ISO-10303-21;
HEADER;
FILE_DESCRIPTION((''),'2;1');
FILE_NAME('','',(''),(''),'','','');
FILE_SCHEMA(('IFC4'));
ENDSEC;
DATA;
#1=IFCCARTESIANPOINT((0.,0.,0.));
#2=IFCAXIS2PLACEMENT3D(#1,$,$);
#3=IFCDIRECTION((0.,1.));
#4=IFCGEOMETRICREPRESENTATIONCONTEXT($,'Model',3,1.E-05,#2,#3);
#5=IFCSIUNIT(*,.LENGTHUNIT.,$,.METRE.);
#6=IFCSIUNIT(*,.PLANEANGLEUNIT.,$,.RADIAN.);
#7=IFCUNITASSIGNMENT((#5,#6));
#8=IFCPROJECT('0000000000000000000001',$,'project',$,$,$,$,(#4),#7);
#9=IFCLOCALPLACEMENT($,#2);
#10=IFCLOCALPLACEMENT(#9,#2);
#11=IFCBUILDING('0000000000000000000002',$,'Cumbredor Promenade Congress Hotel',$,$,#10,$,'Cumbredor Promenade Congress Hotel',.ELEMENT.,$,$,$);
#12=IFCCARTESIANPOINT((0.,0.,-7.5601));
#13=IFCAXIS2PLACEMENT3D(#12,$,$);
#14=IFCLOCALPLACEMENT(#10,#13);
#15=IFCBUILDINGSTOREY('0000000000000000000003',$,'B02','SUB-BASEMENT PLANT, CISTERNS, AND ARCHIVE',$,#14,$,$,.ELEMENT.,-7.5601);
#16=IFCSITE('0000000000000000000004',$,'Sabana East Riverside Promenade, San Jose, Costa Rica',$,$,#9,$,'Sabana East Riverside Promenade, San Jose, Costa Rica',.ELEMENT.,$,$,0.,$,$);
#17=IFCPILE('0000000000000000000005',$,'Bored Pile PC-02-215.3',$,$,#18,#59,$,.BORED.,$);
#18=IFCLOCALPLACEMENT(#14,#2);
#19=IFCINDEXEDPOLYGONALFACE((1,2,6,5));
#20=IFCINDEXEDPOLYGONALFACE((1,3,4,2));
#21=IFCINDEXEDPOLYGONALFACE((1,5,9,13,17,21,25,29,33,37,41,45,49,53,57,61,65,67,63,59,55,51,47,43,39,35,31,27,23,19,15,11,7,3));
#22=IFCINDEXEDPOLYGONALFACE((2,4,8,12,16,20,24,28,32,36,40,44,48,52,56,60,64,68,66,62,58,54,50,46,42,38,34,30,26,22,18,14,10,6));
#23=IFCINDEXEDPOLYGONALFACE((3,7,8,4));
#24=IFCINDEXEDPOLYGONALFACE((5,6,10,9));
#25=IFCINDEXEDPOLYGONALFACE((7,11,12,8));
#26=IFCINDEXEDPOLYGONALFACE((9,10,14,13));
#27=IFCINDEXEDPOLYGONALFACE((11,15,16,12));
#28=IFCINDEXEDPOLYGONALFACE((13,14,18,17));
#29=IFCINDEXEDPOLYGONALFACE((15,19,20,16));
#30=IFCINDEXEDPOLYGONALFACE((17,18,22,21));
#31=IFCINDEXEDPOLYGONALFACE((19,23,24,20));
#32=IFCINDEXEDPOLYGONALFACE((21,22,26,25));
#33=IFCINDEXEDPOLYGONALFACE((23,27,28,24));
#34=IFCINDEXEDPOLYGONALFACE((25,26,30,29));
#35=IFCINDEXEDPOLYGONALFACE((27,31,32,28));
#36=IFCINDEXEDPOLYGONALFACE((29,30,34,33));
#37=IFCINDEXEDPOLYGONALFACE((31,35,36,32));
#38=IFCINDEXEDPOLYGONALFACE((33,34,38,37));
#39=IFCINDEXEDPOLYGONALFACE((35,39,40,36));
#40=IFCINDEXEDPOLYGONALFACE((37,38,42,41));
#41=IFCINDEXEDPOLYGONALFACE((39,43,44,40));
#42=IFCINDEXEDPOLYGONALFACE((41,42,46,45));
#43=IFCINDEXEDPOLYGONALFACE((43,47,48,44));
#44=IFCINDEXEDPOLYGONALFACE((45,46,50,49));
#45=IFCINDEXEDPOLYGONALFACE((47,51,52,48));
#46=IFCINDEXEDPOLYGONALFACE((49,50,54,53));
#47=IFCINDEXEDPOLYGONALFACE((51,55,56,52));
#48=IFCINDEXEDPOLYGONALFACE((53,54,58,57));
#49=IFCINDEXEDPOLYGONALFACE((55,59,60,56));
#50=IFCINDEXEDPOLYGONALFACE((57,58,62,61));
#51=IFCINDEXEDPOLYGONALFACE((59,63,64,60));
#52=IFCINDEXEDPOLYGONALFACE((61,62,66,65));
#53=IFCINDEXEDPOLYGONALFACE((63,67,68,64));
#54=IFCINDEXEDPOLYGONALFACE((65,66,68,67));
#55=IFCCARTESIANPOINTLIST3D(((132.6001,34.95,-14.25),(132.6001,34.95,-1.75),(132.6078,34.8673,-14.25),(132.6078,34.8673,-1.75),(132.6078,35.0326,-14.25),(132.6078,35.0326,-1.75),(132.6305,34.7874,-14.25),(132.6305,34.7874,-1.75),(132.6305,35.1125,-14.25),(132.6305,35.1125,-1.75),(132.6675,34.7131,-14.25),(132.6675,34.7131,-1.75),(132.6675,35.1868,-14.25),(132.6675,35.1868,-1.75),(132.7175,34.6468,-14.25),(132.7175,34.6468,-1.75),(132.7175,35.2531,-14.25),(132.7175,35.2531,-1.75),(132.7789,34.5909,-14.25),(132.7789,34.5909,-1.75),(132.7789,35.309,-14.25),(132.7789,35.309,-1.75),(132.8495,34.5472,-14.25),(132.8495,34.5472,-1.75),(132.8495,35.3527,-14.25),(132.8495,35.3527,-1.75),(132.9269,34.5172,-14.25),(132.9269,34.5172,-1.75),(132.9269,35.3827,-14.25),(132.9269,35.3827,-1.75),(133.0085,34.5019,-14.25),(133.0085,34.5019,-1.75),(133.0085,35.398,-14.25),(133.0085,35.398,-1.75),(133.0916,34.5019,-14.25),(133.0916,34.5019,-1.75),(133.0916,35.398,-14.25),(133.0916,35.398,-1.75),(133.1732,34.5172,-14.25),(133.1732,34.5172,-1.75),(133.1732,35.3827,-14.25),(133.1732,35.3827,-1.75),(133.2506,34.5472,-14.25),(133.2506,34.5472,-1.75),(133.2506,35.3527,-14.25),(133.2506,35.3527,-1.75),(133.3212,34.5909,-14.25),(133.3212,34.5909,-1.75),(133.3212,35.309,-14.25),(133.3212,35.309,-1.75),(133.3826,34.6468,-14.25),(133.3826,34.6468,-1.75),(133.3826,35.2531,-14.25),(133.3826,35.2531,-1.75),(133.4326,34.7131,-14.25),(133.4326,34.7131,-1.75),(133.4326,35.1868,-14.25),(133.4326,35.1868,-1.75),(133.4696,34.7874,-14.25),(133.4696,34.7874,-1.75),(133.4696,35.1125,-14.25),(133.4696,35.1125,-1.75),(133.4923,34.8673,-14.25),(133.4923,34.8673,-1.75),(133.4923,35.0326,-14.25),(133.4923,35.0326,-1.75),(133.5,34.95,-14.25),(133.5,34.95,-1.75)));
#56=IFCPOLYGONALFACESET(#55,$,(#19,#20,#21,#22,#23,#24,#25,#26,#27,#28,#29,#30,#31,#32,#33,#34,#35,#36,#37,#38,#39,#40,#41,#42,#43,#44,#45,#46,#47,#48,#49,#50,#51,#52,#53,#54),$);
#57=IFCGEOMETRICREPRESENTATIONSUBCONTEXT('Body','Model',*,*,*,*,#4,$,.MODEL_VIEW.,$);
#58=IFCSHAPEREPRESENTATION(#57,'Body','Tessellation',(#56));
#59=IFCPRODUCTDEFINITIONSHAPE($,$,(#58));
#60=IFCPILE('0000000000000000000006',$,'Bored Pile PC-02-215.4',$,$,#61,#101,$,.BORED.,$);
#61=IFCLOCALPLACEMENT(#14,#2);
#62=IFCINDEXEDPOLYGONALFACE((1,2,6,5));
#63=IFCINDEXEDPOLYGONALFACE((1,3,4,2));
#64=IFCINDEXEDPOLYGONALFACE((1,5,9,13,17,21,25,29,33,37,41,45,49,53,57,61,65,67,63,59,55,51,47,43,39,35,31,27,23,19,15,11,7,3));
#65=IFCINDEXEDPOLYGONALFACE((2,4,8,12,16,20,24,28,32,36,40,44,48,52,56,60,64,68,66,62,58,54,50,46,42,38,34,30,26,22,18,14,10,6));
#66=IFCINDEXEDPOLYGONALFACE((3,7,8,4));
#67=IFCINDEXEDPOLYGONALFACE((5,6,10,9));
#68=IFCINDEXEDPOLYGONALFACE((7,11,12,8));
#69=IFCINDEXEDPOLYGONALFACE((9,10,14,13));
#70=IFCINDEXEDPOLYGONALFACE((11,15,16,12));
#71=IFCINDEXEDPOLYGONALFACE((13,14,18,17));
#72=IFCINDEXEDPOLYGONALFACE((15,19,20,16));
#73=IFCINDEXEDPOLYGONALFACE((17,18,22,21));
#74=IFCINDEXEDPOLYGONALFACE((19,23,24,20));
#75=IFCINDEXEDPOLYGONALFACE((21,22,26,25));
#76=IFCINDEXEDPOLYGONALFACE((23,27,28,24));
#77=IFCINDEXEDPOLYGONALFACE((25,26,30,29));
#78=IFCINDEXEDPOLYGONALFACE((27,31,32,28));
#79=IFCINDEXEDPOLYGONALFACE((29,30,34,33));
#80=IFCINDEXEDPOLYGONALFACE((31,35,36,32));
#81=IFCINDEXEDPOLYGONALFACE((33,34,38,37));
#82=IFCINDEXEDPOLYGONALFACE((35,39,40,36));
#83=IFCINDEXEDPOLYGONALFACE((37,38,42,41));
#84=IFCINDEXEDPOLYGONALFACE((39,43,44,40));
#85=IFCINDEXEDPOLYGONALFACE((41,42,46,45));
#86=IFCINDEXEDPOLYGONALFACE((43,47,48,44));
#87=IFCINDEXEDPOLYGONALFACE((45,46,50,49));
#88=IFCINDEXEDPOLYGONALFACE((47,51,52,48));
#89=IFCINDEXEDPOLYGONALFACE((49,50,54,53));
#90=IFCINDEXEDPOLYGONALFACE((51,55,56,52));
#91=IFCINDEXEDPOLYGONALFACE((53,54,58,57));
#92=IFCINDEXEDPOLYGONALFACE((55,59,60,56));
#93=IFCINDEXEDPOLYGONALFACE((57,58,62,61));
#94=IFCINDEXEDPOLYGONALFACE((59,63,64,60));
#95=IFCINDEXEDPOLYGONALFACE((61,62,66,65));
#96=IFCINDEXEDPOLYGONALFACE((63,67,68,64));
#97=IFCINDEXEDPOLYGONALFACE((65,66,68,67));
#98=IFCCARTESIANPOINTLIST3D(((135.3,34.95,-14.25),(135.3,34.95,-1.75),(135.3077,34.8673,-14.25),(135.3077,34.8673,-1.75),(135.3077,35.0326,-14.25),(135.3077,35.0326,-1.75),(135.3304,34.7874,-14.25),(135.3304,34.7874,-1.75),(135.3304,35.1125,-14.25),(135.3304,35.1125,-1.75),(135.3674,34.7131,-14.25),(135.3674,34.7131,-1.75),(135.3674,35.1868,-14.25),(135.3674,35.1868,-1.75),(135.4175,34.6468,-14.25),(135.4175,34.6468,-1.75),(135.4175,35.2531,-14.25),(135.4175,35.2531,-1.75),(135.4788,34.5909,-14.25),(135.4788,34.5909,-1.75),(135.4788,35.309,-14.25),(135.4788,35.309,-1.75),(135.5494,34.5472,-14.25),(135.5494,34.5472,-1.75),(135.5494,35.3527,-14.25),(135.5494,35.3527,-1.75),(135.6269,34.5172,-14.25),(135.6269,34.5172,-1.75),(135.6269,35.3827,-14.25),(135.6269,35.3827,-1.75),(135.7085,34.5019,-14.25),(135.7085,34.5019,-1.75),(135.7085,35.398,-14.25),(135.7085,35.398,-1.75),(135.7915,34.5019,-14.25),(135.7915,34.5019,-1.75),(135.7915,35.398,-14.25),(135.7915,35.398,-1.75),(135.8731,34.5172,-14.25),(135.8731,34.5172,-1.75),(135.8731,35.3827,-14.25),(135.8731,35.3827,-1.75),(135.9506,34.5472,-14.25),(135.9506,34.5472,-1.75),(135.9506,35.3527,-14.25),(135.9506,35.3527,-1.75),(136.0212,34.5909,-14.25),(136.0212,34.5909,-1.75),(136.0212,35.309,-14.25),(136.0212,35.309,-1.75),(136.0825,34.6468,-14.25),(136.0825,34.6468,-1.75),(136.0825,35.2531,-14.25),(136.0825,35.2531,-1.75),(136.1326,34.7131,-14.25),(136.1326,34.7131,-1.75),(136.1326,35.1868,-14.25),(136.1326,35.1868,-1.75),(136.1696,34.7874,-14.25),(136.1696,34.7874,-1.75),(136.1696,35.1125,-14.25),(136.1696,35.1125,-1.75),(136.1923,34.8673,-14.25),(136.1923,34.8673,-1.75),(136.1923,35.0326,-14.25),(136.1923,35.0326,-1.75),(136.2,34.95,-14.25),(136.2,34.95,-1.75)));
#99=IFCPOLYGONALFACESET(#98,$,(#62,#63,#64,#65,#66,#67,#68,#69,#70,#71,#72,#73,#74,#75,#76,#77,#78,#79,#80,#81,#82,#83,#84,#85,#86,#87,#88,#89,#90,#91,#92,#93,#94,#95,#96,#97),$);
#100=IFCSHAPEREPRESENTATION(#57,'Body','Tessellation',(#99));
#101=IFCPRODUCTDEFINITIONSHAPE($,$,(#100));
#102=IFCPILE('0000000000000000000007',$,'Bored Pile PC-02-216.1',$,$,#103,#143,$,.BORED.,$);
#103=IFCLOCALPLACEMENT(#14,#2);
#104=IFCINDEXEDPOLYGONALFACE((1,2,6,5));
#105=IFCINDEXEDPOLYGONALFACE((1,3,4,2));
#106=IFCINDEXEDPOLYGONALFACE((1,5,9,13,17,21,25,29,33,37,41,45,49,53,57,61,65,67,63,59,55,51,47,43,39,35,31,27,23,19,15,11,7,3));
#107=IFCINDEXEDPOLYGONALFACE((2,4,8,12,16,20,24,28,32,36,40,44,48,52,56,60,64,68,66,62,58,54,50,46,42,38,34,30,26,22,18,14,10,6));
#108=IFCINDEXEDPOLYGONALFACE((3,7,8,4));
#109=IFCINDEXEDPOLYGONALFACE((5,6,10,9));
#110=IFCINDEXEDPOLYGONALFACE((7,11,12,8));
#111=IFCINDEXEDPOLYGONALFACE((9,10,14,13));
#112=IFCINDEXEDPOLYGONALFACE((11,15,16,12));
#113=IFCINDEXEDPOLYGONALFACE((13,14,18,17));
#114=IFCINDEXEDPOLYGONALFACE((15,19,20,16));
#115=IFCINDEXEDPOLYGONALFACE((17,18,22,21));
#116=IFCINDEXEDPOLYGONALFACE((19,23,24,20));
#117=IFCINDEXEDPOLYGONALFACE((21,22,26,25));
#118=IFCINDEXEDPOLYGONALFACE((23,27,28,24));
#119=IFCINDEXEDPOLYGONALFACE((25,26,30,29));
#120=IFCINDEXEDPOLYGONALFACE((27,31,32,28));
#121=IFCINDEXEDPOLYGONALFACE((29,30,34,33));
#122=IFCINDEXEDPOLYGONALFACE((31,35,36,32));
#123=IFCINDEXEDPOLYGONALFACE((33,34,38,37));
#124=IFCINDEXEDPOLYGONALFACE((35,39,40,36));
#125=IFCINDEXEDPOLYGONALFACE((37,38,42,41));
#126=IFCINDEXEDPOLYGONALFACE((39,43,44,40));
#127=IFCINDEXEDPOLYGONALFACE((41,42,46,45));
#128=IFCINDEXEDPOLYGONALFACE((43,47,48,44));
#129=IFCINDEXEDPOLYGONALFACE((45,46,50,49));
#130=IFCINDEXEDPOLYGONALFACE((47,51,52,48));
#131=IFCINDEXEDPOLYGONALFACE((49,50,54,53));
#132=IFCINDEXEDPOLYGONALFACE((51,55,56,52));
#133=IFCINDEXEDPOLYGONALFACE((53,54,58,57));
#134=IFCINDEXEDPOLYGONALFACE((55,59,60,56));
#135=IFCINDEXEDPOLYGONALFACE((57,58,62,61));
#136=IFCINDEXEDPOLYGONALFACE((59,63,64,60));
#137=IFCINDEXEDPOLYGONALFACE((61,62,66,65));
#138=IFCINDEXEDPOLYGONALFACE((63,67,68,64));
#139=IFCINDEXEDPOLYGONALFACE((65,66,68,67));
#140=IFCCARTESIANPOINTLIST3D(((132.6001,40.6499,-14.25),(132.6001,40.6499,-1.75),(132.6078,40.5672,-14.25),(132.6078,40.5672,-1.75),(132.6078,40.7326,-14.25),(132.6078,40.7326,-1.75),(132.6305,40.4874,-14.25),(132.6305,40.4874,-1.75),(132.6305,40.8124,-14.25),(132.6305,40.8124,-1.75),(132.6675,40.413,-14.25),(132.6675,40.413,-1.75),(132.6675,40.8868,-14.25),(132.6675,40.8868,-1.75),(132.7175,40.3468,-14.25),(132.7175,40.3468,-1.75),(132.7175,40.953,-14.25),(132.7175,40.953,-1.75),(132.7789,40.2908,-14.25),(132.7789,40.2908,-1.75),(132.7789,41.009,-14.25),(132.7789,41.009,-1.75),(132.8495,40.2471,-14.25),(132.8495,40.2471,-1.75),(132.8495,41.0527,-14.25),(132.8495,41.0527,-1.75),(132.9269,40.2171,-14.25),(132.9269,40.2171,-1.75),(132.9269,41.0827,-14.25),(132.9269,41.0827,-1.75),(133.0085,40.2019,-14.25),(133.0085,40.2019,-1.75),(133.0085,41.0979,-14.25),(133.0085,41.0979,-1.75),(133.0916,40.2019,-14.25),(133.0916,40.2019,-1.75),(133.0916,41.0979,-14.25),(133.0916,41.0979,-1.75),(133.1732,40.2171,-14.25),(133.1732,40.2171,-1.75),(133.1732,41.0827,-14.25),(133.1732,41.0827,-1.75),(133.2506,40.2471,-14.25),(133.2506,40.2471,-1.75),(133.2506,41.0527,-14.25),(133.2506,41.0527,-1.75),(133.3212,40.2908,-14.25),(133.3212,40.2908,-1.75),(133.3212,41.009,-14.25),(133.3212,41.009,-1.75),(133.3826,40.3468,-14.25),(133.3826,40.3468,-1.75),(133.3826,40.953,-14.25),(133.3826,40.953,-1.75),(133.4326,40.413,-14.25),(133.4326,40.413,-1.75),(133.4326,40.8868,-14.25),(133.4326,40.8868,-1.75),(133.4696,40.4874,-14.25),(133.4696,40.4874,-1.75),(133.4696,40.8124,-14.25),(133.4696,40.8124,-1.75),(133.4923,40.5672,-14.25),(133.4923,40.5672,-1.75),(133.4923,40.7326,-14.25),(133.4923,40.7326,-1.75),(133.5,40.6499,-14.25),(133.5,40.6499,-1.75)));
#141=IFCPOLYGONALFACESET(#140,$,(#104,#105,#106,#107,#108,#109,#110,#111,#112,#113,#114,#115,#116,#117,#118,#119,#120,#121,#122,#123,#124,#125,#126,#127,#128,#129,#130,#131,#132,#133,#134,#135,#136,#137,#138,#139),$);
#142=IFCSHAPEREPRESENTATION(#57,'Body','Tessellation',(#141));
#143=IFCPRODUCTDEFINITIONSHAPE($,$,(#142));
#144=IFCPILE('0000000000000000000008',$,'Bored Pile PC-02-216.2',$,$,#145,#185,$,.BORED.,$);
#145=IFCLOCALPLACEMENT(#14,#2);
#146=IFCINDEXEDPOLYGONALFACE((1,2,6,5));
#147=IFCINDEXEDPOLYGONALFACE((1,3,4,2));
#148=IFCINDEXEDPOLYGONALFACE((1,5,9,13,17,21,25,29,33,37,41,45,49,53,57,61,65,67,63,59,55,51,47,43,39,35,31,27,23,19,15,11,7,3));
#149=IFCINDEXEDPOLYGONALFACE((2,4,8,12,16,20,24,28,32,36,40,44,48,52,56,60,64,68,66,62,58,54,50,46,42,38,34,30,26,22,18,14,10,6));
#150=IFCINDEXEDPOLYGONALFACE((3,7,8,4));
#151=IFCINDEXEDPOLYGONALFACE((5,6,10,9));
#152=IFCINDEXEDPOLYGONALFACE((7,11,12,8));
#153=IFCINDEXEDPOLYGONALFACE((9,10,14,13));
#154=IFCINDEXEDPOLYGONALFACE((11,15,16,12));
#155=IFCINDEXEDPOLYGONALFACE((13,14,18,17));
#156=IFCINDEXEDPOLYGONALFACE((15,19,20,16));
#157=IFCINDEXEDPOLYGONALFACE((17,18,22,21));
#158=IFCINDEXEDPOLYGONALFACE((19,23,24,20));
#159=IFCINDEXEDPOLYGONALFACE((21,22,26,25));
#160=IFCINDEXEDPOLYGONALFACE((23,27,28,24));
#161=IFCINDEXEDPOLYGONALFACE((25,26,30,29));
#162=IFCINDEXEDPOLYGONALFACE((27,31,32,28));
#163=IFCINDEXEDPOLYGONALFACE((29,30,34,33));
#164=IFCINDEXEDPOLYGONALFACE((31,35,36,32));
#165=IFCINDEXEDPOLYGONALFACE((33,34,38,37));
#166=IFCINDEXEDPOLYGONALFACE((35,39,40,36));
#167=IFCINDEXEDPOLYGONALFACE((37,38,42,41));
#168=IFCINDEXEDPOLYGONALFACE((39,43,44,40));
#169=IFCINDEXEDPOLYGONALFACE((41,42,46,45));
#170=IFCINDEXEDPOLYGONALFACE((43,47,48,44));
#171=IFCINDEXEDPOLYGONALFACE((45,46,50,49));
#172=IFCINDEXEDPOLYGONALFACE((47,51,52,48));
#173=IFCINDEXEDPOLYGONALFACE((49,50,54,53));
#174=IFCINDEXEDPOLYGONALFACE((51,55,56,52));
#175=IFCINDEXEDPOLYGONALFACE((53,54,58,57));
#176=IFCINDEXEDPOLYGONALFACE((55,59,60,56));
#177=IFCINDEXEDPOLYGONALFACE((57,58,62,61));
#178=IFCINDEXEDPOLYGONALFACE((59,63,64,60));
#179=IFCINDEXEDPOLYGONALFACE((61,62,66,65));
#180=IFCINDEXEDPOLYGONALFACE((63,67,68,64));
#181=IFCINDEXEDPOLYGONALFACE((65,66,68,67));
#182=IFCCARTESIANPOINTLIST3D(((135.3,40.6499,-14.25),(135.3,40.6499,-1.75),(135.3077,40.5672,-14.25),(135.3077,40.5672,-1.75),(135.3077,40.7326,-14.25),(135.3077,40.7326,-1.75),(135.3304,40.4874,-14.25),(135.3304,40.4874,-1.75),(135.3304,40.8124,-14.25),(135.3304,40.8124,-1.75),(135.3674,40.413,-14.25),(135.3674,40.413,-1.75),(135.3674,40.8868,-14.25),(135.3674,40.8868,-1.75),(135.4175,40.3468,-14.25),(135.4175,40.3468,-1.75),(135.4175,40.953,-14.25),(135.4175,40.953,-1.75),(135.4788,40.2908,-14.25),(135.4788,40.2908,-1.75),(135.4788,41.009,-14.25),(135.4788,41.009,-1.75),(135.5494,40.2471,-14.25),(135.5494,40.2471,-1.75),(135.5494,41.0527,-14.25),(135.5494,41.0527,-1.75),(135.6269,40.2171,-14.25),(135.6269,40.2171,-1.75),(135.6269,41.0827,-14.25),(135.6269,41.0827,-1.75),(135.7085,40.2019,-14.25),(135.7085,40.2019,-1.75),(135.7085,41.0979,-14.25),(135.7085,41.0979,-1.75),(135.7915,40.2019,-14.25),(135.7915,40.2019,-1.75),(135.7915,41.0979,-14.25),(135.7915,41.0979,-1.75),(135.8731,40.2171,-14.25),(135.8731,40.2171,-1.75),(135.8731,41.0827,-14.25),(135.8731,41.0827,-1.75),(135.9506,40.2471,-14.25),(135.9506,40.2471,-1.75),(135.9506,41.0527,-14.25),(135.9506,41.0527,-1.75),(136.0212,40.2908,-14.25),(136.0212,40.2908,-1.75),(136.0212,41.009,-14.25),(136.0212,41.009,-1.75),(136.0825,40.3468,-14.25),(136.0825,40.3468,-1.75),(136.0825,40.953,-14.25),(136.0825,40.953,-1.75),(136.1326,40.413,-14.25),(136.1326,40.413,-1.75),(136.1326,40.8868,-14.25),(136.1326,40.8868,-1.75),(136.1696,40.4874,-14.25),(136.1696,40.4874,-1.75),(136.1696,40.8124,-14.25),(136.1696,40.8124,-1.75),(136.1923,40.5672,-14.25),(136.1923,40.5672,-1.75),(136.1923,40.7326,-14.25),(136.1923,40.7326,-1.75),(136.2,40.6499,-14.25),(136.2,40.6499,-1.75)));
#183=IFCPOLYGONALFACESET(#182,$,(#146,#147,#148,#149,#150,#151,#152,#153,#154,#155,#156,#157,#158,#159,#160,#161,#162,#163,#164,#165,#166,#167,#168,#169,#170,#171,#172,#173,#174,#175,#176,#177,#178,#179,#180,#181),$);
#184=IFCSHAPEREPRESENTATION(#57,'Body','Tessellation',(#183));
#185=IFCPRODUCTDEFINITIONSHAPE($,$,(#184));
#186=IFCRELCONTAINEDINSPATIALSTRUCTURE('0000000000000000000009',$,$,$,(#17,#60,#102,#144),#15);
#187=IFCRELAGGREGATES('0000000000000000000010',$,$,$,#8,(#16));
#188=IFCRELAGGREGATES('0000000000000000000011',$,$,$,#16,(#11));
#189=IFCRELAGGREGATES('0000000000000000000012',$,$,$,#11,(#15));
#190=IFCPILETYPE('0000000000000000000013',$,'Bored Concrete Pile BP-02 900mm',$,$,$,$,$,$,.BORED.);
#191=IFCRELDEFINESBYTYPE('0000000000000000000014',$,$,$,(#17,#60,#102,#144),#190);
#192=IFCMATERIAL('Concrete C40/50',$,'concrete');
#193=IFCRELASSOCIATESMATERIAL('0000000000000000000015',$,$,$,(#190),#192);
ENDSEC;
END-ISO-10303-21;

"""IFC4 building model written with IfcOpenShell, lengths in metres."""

from ifc_helpers import new_model, si_unit, direction, frame, origin, origin_2d, place, context, subcontext, project, spatial, circle, extrude, material, material_profile, profile_set, type_object, element, save


model = new_model("IFC4")

# Units and contexts
model_context = context("Model", 3, precision=1e-05, world=origin(), true_north=direction((0.0, 1.0)))
body_context = subcontext(model_context, "Body", "Model", "MODEL_VIEW")
ifc_project = project(units=[si_unit("LENGTHUNIT", "METRE"), si_unit("PLANEANGLEUNIT", "RADIAN")], contexts=[model_context])

# Site, building, storey
site_placement = place(None, origin())
site = spatial("IfcSite", under=ifc_project, at=site_placement, Name="Sabana East Riverside Promenade, San Jose, Costa Rica", LongName="Sabana East Riverside Promenade, San Jose, Costa Rica", CompositionType="ELEMENT", RefElevation=0.0)
building_placement = place(site_placement, origin())
building = spatial("IfcBuilding", under=site, at=building_placement, Name="Cumbredor Promenade Congress Hotel", LongName="Cumbredor Promenade Congress Hotel", CompositionType="ELEMENT")
storey_placement = place(building_placement, frame((0.0, 0.0, -7.5601)))
storey = spatial("IfcBuildingStorey", under=building, at=storey_placement, Name="B02", Description="SUB-BASEMENT PLANT, CISTERNS, AND ARCHIVE", CompositionType="ELEMENT", Elevation=-7.5601)

# Piles
ifc_material_1 = material(Name="Concrete C40/50", Category="concrete")
ifc_material_profile_1 = material_profile(ifc_material_1, circle(Radius=0.45, at=origin_2d()), Name="PILE D900")
ifc_profile_set_1 = profile_set([ifc_material_profile_1], Name="Concrete C40/50")
pile_type = type_object("IfcPileType", Name="Bored Concrete Pile BP-02 900mm", PredefinedType="BORED", material=ifc_profile_set_1)
for number, where, z_axis, x_axis, name in (
    (1, (133.05, 34.95, -1.75), (0.0, 0.0, -1.0), (1.0, 0.0, 0.0), "Bored Pile PC-02-215.3"),
    (2, (135.75, 34.95, -1.75), (0.0, 0.0, -1.0), (1.0, 0.0, 0.0), "Bored Pile PC-02-215.4"),
    (3, (133.05, 40.6499, -1.75), (0.0, 0.0, -1.0), (1.0, 0.0, 0.0), "Bored Pile PC-02-216.1"),
    (4, (135.75, 40.6499, -1.75), (0.0, 0.0, -1.0), (1.0, 0.0, 0.0), "Bored Pile PC-02-216.2"),
):
    element("IfcPile", number, at=place(storey_placement, frame(where, z_axis=z_axis, x_axis=x_axis)), inside=storey, type_object=pile_type, Name=name, PredefinedType="BORED", context=body_context, shape_type="SweptSolid", body=[
        extrude(circle(Radius=0.45, at=origin_2d()), origin(), (0.0, 0.0, 1.0), 12.5),
    ])

save(model, "model.ifc")
